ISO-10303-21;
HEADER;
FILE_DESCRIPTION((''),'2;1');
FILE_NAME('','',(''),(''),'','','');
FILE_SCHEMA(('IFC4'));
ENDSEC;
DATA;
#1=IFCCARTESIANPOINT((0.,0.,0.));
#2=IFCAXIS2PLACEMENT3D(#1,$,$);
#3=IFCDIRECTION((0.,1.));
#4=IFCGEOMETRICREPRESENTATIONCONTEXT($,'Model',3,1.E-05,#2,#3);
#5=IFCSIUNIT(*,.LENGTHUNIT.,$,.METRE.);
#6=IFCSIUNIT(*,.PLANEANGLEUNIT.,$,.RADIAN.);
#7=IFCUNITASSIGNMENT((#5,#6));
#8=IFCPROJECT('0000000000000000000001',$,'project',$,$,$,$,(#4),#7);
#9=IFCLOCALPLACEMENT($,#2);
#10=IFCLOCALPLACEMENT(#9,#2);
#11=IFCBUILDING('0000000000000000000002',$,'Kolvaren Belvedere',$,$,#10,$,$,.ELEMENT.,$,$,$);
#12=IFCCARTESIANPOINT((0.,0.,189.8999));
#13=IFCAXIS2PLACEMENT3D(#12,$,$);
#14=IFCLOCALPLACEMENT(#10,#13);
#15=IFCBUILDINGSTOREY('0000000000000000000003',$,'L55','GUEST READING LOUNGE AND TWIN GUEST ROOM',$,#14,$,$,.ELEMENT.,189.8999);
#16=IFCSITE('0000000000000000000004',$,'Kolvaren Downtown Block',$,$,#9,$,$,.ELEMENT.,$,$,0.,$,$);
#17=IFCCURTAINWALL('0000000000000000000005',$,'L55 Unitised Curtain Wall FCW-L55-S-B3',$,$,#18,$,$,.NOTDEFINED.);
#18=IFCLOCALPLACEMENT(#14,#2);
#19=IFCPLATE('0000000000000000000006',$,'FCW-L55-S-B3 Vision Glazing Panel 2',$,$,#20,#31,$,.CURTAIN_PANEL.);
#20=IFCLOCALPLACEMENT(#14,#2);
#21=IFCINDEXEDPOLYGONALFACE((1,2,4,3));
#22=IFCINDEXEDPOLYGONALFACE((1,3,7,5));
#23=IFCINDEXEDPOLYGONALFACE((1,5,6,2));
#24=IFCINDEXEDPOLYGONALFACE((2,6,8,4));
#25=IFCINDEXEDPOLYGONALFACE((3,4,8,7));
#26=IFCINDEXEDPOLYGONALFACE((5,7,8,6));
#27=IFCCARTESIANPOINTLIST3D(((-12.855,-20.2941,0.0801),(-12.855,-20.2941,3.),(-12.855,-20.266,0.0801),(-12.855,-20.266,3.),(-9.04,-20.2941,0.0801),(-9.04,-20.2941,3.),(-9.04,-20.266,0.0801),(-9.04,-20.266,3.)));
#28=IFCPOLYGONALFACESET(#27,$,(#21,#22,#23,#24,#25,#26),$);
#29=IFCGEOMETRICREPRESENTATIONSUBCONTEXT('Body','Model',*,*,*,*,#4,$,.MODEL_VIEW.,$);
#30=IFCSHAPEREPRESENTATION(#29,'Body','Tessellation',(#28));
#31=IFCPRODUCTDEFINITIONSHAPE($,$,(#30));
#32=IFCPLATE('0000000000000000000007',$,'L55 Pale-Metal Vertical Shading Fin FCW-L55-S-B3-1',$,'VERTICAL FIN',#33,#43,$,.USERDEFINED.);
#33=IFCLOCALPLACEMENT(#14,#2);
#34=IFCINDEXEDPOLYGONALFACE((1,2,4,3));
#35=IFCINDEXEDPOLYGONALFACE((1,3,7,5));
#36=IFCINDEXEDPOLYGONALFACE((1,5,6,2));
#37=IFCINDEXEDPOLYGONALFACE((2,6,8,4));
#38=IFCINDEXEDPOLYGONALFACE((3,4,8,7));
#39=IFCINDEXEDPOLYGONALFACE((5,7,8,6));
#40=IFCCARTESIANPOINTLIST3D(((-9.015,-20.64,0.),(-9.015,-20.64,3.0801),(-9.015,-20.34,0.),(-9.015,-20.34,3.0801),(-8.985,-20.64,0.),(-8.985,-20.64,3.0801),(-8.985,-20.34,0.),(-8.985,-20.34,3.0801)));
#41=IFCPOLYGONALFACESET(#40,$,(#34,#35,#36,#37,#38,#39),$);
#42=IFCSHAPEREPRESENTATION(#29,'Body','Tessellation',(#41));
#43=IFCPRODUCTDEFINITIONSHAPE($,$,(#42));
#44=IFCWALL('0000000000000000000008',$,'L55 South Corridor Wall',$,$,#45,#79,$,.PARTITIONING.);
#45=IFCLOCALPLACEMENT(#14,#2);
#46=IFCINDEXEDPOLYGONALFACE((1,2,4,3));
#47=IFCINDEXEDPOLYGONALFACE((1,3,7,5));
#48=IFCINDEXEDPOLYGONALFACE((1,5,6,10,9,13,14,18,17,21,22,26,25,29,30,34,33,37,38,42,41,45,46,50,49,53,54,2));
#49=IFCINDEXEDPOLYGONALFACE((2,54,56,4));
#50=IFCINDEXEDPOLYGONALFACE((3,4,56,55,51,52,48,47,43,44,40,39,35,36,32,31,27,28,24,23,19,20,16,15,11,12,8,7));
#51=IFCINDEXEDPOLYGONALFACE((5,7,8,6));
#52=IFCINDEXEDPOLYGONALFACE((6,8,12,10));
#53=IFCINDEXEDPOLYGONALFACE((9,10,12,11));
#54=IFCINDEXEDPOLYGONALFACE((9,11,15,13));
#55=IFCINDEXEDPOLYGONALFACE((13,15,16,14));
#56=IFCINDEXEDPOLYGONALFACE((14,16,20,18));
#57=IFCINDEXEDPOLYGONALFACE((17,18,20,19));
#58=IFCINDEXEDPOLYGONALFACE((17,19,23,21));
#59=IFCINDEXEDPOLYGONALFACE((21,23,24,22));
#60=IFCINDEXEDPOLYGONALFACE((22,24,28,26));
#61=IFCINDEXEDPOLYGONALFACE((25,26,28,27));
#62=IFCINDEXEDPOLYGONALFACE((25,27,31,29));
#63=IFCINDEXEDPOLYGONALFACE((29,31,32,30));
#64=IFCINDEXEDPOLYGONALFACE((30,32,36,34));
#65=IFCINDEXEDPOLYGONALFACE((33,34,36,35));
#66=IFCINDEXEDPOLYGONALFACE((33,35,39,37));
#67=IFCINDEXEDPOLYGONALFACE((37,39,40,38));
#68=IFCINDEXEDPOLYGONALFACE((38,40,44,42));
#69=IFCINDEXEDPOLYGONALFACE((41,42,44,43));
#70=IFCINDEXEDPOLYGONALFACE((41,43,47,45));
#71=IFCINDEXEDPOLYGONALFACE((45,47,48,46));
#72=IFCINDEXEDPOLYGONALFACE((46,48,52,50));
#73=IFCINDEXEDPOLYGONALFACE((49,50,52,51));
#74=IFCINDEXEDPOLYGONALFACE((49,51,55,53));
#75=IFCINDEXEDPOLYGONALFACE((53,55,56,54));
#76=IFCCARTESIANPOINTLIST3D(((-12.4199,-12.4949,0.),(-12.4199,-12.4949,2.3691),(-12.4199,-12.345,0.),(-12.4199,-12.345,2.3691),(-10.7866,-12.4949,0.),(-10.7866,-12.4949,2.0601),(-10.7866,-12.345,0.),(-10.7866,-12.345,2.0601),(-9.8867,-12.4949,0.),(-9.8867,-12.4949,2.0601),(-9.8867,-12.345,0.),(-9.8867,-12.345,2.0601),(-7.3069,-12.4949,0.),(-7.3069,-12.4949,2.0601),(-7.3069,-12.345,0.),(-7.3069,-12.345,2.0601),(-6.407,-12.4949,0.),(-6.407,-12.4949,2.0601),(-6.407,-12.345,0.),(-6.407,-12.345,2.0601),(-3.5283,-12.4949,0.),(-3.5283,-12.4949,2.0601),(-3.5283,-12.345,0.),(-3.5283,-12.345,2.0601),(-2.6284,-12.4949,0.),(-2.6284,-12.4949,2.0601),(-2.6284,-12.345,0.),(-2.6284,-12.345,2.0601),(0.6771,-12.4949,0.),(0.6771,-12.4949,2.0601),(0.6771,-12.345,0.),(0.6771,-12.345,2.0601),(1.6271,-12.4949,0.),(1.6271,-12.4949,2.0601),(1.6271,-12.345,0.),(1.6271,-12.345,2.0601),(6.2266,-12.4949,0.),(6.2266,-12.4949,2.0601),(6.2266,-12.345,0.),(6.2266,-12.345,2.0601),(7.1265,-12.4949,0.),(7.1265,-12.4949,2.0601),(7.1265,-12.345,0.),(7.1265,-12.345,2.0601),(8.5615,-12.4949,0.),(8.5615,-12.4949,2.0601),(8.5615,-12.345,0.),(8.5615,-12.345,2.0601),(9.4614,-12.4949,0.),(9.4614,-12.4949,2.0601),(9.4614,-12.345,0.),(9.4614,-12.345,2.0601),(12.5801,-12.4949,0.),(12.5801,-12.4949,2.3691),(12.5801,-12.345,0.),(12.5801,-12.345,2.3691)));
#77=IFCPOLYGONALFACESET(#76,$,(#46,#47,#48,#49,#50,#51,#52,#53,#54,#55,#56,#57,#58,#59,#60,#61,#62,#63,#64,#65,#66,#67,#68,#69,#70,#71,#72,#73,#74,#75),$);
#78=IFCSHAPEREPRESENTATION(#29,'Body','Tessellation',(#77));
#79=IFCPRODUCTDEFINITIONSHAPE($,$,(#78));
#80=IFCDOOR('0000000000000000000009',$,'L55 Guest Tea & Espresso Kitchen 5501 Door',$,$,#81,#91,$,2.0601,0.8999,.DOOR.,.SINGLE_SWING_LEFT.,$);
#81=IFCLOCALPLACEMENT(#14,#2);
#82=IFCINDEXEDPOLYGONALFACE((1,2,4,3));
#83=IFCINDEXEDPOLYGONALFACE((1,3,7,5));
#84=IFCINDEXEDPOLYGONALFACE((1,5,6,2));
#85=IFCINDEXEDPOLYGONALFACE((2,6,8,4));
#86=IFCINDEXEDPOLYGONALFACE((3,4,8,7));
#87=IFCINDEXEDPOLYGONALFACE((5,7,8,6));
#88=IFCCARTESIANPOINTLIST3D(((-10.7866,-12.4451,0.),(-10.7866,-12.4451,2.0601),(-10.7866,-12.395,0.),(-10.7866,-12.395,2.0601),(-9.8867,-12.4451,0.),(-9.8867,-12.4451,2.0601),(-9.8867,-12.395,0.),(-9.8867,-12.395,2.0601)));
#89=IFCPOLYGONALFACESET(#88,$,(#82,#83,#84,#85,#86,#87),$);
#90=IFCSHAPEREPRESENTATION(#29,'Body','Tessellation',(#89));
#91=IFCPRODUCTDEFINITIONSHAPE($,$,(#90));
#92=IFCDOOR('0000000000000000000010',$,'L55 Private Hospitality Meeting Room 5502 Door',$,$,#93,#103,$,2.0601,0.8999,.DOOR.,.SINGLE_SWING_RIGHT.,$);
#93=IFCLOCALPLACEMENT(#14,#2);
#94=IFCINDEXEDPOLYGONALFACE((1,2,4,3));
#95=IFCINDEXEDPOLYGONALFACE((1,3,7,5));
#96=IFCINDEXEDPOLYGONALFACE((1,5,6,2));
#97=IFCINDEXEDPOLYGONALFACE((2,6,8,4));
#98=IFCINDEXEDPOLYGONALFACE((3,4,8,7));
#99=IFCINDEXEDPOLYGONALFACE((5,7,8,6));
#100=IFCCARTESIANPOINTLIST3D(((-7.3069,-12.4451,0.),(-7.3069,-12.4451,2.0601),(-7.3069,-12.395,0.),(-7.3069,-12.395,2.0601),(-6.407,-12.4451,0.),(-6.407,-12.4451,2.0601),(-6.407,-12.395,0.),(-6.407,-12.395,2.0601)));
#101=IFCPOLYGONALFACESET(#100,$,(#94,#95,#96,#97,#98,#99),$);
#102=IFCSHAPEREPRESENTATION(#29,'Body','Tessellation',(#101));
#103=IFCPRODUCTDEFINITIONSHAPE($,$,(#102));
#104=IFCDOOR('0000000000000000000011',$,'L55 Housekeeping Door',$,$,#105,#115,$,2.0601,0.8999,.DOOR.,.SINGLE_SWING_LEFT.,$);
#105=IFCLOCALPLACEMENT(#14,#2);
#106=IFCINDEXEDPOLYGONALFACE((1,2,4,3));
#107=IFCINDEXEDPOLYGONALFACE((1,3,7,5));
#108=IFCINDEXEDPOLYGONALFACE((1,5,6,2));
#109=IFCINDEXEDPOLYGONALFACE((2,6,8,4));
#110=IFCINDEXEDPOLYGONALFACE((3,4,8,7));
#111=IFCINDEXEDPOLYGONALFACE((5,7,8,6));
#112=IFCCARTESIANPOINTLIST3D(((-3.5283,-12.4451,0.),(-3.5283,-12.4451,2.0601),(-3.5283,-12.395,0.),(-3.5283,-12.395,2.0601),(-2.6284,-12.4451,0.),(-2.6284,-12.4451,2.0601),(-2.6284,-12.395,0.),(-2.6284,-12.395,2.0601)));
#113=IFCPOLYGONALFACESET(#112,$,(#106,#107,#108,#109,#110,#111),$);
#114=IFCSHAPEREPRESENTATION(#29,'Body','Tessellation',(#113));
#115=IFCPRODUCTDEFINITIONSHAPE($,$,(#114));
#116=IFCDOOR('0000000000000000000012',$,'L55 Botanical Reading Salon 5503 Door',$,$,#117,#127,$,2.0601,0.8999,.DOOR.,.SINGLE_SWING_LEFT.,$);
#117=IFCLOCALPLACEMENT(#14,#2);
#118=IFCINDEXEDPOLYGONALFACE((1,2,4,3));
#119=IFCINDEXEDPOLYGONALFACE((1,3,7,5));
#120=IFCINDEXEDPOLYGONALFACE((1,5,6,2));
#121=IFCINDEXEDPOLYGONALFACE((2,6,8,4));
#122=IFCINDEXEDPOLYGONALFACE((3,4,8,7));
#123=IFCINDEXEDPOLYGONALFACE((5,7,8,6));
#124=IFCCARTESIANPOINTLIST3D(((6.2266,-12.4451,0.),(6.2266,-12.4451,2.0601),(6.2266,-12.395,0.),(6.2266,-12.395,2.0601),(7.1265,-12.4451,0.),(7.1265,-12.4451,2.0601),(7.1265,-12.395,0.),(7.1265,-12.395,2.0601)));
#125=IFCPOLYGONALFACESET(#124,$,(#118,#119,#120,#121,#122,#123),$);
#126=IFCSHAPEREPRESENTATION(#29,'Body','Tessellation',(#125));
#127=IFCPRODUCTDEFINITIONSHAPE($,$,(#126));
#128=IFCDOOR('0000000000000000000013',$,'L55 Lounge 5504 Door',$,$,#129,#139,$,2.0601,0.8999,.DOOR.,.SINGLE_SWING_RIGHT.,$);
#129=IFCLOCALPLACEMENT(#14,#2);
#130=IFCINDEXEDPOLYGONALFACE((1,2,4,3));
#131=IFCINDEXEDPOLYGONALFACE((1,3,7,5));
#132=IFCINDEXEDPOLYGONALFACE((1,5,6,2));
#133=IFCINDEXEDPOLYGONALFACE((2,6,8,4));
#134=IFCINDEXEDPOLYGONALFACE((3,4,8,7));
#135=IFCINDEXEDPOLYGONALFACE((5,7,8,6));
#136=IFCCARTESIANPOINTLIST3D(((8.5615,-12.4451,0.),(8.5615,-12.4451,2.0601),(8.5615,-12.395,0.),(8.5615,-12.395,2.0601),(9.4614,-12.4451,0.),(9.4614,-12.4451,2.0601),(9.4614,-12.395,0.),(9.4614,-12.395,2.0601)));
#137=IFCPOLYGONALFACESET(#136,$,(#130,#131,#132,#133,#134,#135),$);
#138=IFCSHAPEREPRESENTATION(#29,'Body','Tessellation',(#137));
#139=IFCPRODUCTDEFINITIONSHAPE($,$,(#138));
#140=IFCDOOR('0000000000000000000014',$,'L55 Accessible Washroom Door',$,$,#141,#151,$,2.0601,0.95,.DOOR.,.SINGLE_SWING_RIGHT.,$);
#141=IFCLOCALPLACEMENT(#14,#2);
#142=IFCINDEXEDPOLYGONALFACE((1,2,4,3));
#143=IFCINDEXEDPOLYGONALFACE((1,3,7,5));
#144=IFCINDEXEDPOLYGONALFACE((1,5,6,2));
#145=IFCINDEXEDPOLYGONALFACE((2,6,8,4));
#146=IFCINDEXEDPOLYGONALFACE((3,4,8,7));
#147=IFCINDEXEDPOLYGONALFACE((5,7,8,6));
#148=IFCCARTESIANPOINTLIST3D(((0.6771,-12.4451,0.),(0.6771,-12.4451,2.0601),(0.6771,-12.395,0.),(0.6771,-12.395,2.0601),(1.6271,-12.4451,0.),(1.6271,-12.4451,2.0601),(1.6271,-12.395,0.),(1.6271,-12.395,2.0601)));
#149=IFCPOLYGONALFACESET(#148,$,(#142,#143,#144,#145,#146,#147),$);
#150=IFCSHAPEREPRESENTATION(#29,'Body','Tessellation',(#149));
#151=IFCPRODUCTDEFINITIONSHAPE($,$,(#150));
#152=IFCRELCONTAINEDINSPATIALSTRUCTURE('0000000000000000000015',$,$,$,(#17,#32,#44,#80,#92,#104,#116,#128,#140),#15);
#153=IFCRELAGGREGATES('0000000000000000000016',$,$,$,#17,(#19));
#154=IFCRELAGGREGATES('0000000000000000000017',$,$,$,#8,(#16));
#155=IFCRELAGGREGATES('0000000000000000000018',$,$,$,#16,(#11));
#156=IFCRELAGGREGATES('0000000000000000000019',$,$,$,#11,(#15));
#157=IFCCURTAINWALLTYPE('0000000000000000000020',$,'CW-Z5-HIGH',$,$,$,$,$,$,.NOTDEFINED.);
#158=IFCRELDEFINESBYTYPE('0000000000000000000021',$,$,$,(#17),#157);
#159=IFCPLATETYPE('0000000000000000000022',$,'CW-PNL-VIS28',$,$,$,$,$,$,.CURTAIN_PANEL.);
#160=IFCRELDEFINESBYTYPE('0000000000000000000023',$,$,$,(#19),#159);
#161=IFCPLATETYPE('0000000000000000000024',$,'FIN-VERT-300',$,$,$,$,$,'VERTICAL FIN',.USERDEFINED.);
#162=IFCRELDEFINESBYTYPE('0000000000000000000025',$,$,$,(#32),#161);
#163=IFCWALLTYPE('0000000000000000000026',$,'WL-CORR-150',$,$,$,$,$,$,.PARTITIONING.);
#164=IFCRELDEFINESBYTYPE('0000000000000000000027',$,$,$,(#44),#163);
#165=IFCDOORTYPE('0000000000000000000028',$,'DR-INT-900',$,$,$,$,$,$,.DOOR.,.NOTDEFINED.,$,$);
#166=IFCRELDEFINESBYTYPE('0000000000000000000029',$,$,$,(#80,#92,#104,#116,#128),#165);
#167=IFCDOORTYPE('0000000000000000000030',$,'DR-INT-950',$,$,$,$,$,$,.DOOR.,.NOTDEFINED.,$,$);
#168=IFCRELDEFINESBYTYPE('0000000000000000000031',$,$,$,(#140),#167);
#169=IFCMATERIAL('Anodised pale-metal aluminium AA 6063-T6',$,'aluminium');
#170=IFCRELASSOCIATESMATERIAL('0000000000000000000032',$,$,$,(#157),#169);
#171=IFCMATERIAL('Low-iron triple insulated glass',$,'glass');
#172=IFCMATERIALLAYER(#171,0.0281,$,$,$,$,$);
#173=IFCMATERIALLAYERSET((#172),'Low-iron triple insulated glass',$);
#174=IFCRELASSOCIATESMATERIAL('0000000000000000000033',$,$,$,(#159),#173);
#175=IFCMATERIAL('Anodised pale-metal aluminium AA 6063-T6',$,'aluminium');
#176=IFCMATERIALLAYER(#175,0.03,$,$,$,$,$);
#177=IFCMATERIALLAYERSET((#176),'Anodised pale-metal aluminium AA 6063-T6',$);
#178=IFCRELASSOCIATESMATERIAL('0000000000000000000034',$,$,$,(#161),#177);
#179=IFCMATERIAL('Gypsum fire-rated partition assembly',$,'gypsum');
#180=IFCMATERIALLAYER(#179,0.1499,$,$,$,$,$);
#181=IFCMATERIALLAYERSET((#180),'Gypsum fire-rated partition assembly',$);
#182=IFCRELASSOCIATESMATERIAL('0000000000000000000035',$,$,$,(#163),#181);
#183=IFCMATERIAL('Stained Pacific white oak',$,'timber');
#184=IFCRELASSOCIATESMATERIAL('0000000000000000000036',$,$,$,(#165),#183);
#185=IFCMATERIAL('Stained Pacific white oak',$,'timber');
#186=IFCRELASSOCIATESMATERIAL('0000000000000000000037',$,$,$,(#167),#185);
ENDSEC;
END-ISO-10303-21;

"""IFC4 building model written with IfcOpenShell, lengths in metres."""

from ifc_helpers import new_model, si_unit, direction, frame, frame_2d, origin, origin_2d, place, context, subcontext, project, spatial, rectangle, extrude, material, layer, layer_set, type_object, element, fill, aggregate, save


model = new_model("IFC4")

# Units and contexts
model_context = context("Model", 3, precision=1e-05, world=origin(), true_north=direction((0.0, 1.0)))
body_context = subcontext(model_context, "Body", "Model", "MODEL_VIEW")
ifc_project = project(units=[si_unit("LENGTHUNIT", "METRE"), si_unit("PLANEANGLEUNIT", "RADIAN")], contexts=[model_context])

# Site, building, storey
site_placement = place(None, origin())
site = spatial("IfcSite", under=ifc_project, at=site_placement, Name="Kolvaren Downtown Block", CompositionType="ELEMENT", RefElevation=0.0)
building_placement = place(site_placement, origin())
building = spatial("IfcBuilding", under=site, at=building_placement, Name="Kolvaren Belvedere", CompositionType="ELEMENT")
storey_placement = place(building_placement, frame((0.0, 0.0, 189.8999)))
storey = spatial("IfcBuildingStorey", under=building, at=storey_placement, Name="L55", Description="GUEST READING LOUNGE AND TWIN GUEST ROOM", CompositionType="ELEMENT", Elevation=189.8999)

# Curtain wall, plate
ifc_material_1 = material(Name="Anodised pale-metal aluminium AA 6063-T6", Category="aluminium")
curtain_wall_type = type_object("IfcCurtainWallType", Name="CW-Z5-HIGH", PredefinedType="NOTDEFINED", material=ifc_material_1)
curtain_wall_placement = place(storey_placement, origin())
curtain_wall = element("IfcCurtainWall", 1, at=curtain_wall_placement, inside=storey, type_object=curtain_wall_type, Name="L55 Unitised Curtain Wall FCW-L55-S-B3", PredefinedType="NOTDEFINED")
ifc_material_2 = material(Name="Low-iron triple insulated glass", Category="glass")
ifc_layer_1 = layer(ifc_material_2, 0.0281)
ifc_layer_set_1 = layer_set([ifc_layer_1], Name="Low-iron triple insulated glass")
plate_type_1 = type_object("IfcPlateType", Name="CW-PNL-VIS28", PredefinedType="CURTAIN_PANEL", material=ifc_layer_set_1)
plate_1_placement = place(storey_placement, frame((-10.9475, -20.28, 0.0801), z_axis=(0.0, 0.0, 1.0), x_axis=(-1.0, 0.0, 0.0)))
plate_1 = element("IfcPlate", 2, at=plate_1_placement, type_object=plate_type_1, Name="FCW-L55-S-B3 Vision Glazing Panel 2", PredefinedType="CURTAIN_PANEL", context=body_context, shape_type="SweptSolid", body=[
    extrude(rectangle(XDim=3.8149, YDim=0.0281, at=origin_2d()), origin(), (0.0, 0.0, 1.0), 2.9199),
])
aggregate(curtain_wall, [plate_1])

# Plate
ifc_material_3 = material(Name="Anodised pale-metal aluminium AA 6063-T6", Category="aluminium")
ifc_layer_2 = layer(ifc_material_3, 0.03)
ifc_layer_set_2 = layer_set([ifc_layer_2], Name="Anodised pale-metal aluminium AA 6063-T6")
plate_type_2 = type_object("IfcPlateType", Name="FIN-VERT-300", ElementType="VERTICAL FIN", PredefinedType="USERDEFINED", material=ifc_layer_set_2)
plate_2_placement = place(storey_placement, frame((-9.0, -20.49, 0.0), z_axis=(0.0, 0.0, 1.0), x_axis=(0.0, 1.0, 0.0)))
element("IfcPlate", 3, at=plate_2_placement, inside=storey, type_object=plate_type_2, Name="L55 Pale-Metal Vertical Shading Fin FCW-L55-S-B3-1", ObjectType="VERTICAL FIN", PredefinedType="USERDEFINED", context=body_context, shape_type="SweptSolid", body=[
    extrude(rectangle(XDim=0.3, YDim=0.03, at=origin_2d()), origin(), (0.0, 0.0, 1.0), 3.0801),
])

# Wall, openings, doors
ifc_material_4 = material(Name="Gypsum fire-rated partition assembly", Category="gypsum")
ifc_layer_3 = layer(ifc_material_4, 0.1499)
ifc_layer_set_3 = layer_set([ifc_layer_3], Name="Gypsum fire-rated partition assembly")
wall_type_1 = type_object("IfcWallType", Name="WL-CORR-150", PredefinedType="PARTITIONING", material=ifc_layer_set_3)
wall_1_placement = place(storey_placement, frame((-12.4199, -12.4199, 0.0), z_axis=(0.0, 0.0, 1.0), x_axis=(1.0, 0.0, 0.0)))
wall_1 = element("IfcWall", 4, at=wall_1_placement, inside=storey, type_object=wall_type_1, Name="L55 South Corridor Wall", PredefinedType="PARTITIONING", context=body_context, shape_type="SweptSolid", body=[
    extrude(rectangle(XDim=25.0, YDim=0.1499, at=frame_2d((12.5, 0.0))), origin(), (0.0, 0.0, 1.0), 2.3691),
])
opening_1_placement = place(wall_1_placement, frame((1.6333, 0.0, 0.0)))
opening_1 = element("IfcOpeningElement", 5, at=opening_1_placement, cuts=wall_1, PredefinedType="OPENING", context=body_context, shape_type="SweptSolid", body=[
    extrude(rectangle(XDim=0.8999, YDim=2.0601, at=frame_2d((0.45, 1.03))), frame((0.0, 0.085, 0.0), z_axis=(0.0, -1.0, 0.0), x_axis=(1.0, 0.0, 0.0)), (0.0, 0.0, 1.0), 0.1699),
])
opening_2_placement = place(wall_1_placement, frame((5.113, 0.0, 0.0)))
opening_2 = element("IfcOpeningElement", 6, at=opening_2_placement, cuts=wall_1, PredefinedType="OPENING", context=body_context, shape_type="SweptSolid", body=[
    extrude(rectangle(XDim=0.8999, YDim=2.0601, at=frame_2d((0.45, 1.03))), frame((0.0, 0.085, 0.0), z_axis=(0.0, -1.0, 0.0), x_axis=(1.0, 0.0, 0.0)), (0.0, 0.0, 1.0), 0.1699),
])
opening_3_placement = place(wall_1_placement, frame((8.8916, 0.0, 0.0)))
opening_3 = element("IfcOpeningElement", 7, at=opening_3_placement, cuts=wall_1, PredefinedType="OPENING", context=body_context, shape_type="SweptSolid", body=[
    extrude(rectangle(XDim=0.8999, YDim=2.0601, at=frame_2d((0.45, 1.03))), frame((0.0, 0.085, 0.0), z_axis=(0.0, -1.0, 0.0), x_axis=(1.0, 0.0, 0.0)), (0.0, 0.0, 1.0), 0.1699),
])
opening_4_placement = place(wall_1_placement, frame((13.0969, 0.0, 0.0)))
opening_4 = element("IfcOpeningElement", 8, at=opening_4_placement, cuts=wall_1, PredefinedType="OPENING", context=body_context, shape_type="SweptSolid", body=[
    extrude(rectangle(XDim=0.95, YDim=2.0601, at=frame_2d((0.4751, 1.03))), frame((0.0, 0.085, 0.0), z_axis=(0.0, -1.0, 0.0), x_axis=(1.0, 0.0, 0.0)), (0.0, 0.0, 1.0), 0.1699),
])
opening_5_placement = place(wall_1_placement, frame((18.6465, 0.0, 0.0)))
opening_5 = element("IfcOpeningElement", 9, at=opening_5_placement, cuts=wall_1, PredefinedType="OPENING", context=body_context, shape_type="SweptSolid", body=[
    extrude(rectangle(XDim=0.8999, YDim=2.0601, at=frame_2d((0.45, 1.03))), frame((0.0, 0.085, 0.0), z_axis=(0.0, -1.0, 0.0), x_axis=(1.0, 0.0, 0.0)), (0.0, 0.0, 1.0), 0.1699),
])
opening_6_placement = place(wall_1_placement, frame((20.9814, 0.0, 0.0)))
opening_6 = element("IfcOpeningElement", 10, at=opening_6_placement, cuts=wall_1, PredefinedType="OPENING", context=body_context, shape_type="SweptSolid", body=[
    extrude(rectangle(XDim=0.8999, YDim=2.0601, at=frame_2d((0.45, 1.03))), frame((0.0, 0.085, 0.0), z_axis=(0.0, -1.0, 0.0), x_axis=(1.0, 0.0, 0.0)), (0.0, 0.0, 1.0), 0.1699),
])
ifc_material_5 = material(Name="Stained Pacific white oak", Category="timber")
door_type_1 = type_object("IfcDoorType", Name="DR-INT-900", OperationType="NOTDEFINED", PredefinedType="DOOR", material=ifc_material_5)
door_1_placement = place(opening_1_placement, origin())
door_1 = element("IfcDoor", 11, at=door_1_placement, inside=storey, type_object=door_type_1, Name="L55 Guest Tea & Espresso Kitchen 5501 Door", OperationType="SINGLE_SWING_LEFT", OverallHeight=2.0601, OverallWidth=0.8999, PredefinedType="DOOR", context=body_context, shape_type="SweptSolid", body=[
    extrude(rectangle(XDim=0.8999, YDim=2.0601, at=frame_2d((0.45, 1.03))), frame((0.0, 0.0249, 0.0), z_axis=(0.0, -1.0, 0.0), x_axis=(1.0, 0.0, 0.0)), (0.0, 0.0, 1.0), 0.05),
])
fill(opening_1, door_1)
door_2_placement = place(opening_2_placement, origin())
door_2 = element("IfcDoor", 12, at=door_2_placement, inside=storey, type_object=door_type_1, Name="L55 Private Hospitality Meeting Room 5502 Door", OperationType="SINGLE_SWING_RIGHT", OverallHeight=2.0601, OverallWidth=0.8999, PredefinedType="DOOR", context=body_context, shape_type="SweptSolid", body=[
    extrude(rectangle(XDim=0.8999, YDim=2.0601, at=frame_2d((0.45, 1.03))), frame((0.0, 0.0249, 0.0), z_axis=(0.0, -1.0, 0.0), x_axis=(1.0, 0.0, 0.0)), (0.0, 0.0, 1.0), 0.05),
])
fill(opening_2, door_2)
door_3_placement = place(opening_3_placement, origin())
door_3 = element("IfcDoor", 13, at=door_3_placement, inside=storey, type_object=door_type_1, Name="L55 Housekeeping Door", OperationType="SINGLE_SWING_LEFT", OverallHeight=2.0601, OverallWidth=0.8999, PredefinedType="DOOR", context=body_context, shape_type="SweptSolid", body=[
    extrude(rectangle(XDim=0.8999, YDim=2.0601, at=frame_2d((0.45, 1.03))), frame((0.0, 0.0249, 0.0), z_axis=(0.0, -1.0, 0.0), x_axis=(1.0, 0.0, 0.0)), (0.0, 0.0, 1.0), 0.05),
])
fill(opening_3, door_3)
door_4_placement = place(opening_5_placement, origin())
door_4 = element("IfcDoor", 14, at=door_4_placement, inside=storey, type_object=door_type_1, Name="L55 Botanical Reading Salon 5503 Door", OperationType="SINGLE_SWING_LEFT", OverallHeight=2.0601, OverallWidth=0.8999, PredefinedType="DOOR", context=body_context, shape_type="SweptSolid", body=[
    extrude(rectangle(XDim=0.8999, YDim=2.0601, at=frame_2d((0.45, 1.03))), frame((0.0, 0.0249, 0.0), z_axis=(0.0, -1.0, 0.0), x_axis=(1.0, 0.0, 0.0)), (0.0, 0.0, 1.0), 0.05),
])
fill(opening_5, door_4)
door_5_placement = place(opening_6_placement, origin())
door_5 = element("IfcDoor", 15, at=door_5_placement, inside=storey, type_object=door_type_1, Name="L55 Lounge 5504 Door", OperationType="SINGLE_SWING_RIGHT", OverallHeight=2.0601, OverallWidth=0.8999, PredefinedType="DOOR", context=body_context, shape_type="SweptSolid", body=[
    extrude(rectangle(XDim=0.8999, YDim=2.0601, at=frame_2d((0.45, 1.03))), frame((0.0, 0.0249, 0.0), z_axis=(0.0, -1.0, 0.0), x_axis=(1.0, 0.0, 0.0)), (0.0, 0.0, 1.0), 0.05),
])
fill(opening_6, door_5)
ifc_material_6 = material(Name="Stained Pacific white oak", Category="timber")
door_type_2 = type_object("IfcDoorType", Name="DR-INT-950", OperationType="NOTDEFINED", PredefinedType="DOOR", material=ifc_material_6)
door_6_placement = place(opening_4_placement, origin())
door_6 = element("IfcDoor", 16, at=door_6_placement, inside=storey, type_object=door_type_2, Name="L55 Accessible Washroom Door", OperationType="SINGLE_SWING_RIGHT", OverallHeight=2.0601, OverallWidth=0.95, PredefinedType="DOOR", context=body_context, shape_type="SweptSolid", body=[
    extrude(rectangle(XDim=0.95, YDim=2.0601, at=frame_2d((0.4751, 1.03))), frame((0.0, 0.0249, 0.0), z_axis=(0.0, -1.0, 0.0), x_axis=(1.0, 0.0, 0.0)), (0.0, 0.0, 1.0), 0.05),
])
fill(opening_4, door_6)

save(model, "model.ifc")
